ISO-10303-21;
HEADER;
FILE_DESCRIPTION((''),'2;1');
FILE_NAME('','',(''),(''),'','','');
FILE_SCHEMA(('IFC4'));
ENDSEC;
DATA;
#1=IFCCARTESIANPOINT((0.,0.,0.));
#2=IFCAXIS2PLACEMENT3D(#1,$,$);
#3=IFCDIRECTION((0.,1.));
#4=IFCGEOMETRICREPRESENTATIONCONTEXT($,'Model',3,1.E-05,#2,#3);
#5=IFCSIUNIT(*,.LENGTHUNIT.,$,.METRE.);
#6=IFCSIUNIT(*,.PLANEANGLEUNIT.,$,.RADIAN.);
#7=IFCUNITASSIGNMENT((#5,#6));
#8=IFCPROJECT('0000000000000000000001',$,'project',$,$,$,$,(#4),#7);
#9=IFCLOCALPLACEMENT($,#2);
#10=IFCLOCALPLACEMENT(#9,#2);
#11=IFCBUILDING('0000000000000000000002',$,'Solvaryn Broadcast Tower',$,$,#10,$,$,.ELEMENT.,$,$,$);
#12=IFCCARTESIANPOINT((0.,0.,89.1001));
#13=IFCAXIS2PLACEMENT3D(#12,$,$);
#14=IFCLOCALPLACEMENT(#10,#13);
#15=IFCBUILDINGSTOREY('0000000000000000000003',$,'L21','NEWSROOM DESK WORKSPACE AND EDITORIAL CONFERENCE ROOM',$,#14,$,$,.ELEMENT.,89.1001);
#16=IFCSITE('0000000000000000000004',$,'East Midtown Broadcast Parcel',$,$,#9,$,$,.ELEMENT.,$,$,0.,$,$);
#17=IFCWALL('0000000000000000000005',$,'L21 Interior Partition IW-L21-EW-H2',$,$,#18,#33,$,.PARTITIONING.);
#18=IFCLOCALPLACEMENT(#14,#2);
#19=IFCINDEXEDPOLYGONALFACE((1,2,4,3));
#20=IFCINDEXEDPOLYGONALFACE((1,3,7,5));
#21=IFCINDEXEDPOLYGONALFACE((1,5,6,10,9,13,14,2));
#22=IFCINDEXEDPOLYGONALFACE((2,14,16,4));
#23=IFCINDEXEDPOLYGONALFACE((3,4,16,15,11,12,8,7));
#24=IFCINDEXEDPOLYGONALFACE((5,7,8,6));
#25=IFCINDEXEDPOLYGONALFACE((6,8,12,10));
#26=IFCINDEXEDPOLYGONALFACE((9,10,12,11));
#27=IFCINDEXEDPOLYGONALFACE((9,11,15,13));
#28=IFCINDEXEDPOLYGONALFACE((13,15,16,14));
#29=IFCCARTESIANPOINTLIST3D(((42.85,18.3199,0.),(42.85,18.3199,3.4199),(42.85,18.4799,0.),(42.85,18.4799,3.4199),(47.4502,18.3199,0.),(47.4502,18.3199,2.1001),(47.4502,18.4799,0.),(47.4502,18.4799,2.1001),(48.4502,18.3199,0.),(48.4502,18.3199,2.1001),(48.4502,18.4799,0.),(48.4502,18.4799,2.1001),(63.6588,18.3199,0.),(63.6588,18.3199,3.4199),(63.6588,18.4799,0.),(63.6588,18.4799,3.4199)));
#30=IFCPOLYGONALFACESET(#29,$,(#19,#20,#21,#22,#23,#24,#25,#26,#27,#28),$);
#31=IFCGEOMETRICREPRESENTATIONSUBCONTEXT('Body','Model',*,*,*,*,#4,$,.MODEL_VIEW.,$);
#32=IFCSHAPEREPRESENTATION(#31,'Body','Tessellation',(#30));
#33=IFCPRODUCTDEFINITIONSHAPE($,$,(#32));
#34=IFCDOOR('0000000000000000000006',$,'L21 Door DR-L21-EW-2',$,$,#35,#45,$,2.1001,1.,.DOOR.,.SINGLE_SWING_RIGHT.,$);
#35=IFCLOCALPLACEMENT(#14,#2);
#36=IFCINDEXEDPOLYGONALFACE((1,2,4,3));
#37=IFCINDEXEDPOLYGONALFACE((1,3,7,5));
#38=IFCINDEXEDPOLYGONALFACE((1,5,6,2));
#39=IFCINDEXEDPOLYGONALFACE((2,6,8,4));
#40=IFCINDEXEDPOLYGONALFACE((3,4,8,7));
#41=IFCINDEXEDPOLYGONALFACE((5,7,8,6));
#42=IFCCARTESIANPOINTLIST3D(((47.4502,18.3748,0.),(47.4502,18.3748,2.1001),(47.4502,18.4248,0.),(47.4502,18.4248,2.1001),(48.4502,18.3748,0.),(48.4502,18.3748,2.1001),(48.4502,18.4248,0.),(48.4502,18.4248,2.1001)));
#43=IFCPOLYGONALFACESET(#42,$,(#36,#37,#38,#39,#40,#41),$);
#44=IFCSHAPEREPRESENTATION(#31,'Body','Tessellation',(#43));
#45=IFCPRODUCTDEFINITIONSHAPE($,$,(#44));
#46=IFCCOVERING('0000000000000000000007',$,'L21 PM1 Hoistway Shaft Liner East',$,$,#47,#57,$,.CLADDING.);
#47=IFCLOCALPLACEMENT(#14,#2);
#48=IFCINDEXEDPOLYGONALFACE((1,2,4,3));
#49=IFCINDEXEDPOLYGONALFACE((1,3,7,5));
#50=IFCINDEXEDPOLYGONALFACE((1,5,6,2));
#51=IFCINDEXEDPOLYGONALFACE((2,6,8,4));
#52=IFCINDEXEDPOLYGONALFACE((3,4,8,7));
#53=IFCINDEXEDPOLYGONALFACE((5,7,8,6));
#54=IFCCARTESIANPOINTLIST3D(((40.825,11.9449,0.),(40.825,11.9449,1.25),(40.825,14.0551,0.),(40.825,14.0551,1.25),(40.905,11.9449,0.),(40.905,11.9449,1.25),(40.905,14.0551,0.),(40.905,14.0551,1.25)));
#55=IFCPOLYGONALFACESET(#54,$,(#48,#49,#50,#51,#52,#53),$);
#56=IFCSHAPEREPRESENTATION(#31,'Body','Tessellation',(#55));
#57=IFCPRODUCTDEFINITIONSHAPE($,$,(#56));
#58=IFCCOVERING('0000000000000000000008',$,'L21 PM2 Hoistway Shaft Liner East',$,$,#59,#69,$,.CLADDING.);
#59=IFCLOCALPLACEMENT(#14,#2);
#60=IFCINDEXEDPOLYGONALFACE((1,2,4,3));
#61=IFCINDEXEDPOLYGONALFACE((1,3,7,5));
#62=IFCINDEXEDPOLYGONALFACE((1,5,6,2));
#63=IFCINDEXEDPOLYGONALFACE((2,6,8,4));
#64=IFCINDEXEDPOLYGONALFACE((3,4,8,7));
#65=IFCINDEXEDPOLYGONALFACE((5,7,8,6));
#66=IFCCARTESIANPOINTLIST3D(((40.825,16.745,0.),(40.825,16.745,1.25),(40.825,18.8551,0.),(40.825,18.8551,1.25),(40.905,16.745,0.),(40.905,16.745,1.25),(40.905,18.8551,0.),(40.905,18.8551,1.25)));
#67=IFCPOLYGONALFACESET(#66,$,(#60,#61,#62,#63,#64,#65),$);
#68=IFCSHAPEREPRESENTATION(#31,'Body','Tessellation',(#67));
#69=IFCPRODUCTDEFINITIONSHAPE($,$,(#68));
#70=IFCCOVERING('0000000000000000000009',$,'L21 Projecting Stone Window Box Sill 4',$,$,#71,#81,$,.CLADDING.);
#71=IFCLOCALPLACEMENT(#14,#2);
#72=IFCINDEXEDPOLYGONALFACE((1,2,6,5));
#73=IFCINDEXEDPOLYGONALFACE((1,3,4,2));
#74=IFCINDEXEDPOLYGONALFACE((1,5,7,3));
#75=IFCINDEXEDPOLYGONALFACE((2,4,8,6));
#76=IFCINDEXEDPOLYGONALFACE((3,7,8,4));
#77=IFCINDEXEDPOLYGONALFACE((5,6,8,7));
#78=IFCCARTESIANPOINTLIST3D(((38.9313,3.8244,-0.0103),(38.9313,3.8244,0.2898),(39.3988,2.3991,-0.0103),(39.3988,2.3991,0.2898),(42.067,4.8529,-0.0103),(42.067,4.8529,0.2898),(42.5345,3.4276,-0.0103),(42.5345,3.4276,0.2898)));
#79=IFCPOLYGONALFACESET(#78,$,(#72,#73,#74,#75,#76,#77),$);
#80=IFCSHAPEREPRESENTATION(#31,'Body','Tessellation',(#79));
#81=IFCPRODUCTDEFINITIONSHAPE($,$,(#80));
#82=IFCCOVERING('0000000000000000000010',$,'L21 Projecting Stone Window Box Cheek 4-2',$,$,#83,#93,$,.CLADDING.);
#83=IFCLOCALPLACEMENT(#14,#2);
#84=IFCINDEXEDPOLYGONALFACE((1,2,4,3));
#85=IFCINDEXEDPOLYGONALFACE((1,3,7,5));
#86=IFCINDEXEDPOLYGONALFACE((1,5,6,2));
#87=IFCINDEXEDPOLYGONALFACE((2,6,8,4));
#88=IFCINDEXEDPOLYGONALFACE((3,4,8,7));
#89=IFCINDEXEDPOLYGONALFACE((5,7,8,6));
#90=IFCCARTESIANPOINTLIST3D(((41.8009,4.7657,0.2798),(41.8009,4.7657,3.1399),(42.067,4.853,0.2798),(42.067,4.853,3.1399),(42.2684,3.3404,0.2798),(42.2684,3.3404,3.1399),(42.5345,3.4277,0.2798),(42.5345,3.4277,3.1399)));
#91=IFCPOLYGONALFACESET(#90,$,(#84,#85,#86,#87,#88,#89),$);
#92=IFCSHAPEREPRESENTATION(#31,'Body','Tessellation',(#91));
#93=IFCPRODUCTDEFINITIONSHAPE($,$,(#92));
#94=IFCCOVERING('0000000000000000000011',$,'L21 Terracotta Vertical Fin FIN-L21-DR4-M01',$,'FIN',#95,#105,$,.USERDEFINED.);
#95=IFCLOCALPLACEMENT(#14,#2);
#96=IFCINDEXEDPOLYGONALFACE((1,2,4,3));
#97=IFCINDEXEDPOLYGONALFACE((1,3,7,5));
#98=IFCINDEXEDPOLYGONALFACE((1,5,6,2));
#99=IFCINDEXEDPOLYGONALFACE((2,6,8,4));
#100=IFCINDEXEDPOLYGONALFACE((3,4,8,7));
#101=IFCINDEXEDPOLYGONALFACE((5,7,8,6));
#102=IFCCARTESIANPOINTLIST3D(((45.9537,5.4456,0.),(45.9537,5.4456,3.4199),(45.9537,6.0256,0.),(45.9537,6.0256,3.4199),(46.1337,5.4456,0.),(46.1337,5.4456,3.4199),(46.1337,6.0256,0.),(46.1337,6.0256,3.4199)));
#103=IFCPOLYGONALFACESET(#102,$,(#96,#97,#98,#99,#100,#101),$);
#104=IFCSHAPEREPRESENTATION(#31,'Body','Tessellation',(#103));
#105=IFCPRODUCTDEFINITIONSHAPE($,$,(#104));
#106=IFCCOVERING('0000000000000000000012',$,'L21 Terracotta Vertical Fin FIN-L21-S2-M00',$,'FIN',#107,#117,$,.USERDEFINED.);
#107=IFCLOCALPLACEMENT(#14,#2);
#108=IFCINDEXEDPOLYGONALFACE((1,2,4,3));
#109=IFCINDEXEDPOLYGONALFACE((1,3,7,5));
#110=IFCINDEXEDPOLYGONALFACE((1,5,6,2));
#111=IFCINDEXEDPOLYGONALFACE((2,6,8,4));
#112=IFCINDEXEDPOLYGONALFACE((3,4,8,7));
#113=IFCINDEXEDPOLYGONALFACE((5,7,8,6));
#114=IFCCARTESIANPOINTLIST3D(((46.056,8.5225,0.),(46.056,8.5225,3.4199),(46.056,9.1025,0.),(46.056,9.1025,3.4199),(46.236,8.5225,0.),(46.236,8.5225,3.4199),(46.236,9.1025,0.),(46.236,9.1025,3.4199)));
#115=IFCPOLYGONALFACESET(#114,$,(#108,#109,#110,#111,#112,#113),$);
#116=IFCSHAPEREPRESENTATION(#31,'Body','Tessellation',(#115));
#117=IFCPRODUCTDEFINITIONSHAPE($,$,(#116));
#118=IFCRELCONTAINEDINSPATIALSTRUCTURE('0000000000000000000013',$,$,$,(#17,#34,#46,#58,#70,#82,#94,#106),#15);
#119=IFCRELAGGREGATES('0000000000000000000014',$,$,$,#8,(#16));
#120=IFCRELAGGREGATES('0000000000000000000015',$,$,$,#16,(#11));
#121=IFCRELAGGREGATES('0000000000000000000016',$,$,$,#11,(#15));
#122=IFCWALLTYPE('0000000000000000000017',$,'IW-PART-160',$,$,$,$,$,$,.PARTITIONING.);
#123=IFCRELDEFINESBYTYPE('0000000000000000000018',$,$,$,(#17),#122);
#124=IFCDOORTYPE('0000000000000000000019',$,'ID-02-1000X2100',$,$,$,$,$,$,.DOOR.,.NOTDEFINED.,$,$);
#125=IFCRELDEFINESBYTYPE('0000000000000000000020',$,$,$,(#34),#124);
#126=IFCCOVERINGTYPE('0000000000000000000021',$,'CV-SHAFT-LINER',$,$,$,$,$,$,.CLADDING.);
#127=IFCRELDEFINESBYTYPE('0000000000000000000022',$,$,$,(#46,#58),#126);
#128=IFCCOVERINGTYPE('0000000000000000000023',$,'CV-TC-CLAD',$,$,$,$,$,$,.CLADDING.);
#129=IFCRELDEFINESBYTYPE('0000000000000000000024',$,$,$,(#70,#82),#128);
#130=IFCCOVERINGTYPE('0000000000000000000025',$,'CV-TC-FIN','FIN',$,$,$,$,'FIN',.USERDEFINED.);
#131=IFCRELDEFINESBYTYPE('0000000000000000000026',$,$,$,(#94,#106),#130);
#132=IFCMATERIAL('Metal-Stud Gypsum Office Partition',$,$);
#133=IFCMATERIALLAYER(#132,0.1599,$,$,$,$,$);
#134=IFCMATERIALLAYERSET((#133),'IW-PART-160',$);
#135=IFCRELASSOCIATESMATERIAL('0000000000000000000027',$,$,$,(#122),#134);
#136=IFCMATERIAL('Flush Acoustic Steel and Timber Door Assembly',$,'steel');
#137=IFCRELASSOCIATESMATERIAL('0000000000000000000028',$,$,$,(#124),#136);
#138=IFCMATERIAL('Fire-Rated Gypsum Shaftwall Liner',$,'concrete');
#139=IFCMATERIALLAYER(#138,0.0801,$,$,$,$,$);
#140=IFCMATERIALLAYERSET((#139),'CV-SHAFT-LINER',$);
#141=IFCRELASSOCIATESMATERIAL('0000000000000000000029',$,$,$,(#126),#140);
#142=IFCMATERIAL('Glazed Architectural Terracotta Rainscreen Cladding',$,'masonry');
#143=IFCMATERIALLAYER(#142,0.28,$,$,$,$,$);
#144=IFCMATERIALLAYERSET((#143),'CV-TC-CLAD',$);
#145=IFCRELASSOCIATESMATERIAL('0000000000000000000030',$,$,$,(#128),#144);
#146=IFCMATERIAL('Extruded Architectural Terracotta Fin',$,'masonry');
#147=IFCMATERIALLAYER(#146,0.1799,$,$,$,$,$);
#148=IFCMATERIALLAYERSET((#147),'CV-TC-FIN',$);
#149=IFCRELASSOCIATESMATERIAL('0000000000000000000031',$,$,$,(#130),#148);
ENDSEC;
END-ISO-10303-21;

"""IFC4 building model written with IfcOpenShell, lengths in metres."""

from ifc_helpers import new_model, si_unit, direction, frame, frame_2d, origin, origin_2d, place, context, subcontext, project, spatial, rectangle, extrude, material, layer, layer_set, type_object, element, fill, save


model = new_model("IFC4")

# Units and contexts
model_context = context("Model", 3, precision=1e-05, world=origin(), true_north=direction((0.0, 1.0)))
body_context = subcontext(model_context, "Body", "Model", "MODEL_VIEW")
ifc_project = project(units=[si_unit("LENGTHUNIT", "METRE"), si_unit("PLANEANGLEUNIT", "RADIAN")], contexts=[model_context])

# Site, building, storey
site_placement = place(None, origin())
site = spatial("IfcSite", under=ifc_project, at=site_placement, Name="East Midtown Broadcast Parcel", CompositionType="ELEMENT", RefElevation=0.0)
building_placement = place(site_placement, origin())
building = spatial("IfcBuilding", under=site, at=building_placement, Name="Solvaryn Broadcast Tower", CompositionType="ELEMENT")
storey_placement = place(building_placement, frame((0.0, 0.0, 89.1001)))
storey = spatial("IfcBuildingStorey", under=building, at=storey_placement, Name="L21", Description="NEWSROOM DESK WORKSPACE AND EDITORIAL CONFERENCE ROOM", CompositionType="ELEMENT", Elevation=89.1001)

# Shared definitions
ifc_material_1 = material(Name="Metal-Stud Gypsum Office Partition")
ifc_layer_1 = layer(ifc_material_1, 0.1599)
ifc_layer_set_1 = layer_set([ifc_layer_1], Name="IW-PART-160")
wall_type_1 = type_object("IfcWallType", Name="IW-PART-160", PredefinedType="PARTITIONING", material=ifc_layer_set_1)

# Wall, opening, door
wall_1_placement = place(storey_placement, frame((42.8501, 18.3999, 0.0), z_axis=(0.0, 0.0, 1.0), x_axis=(1.0, 0.0, 0.0)))
wall_1 = element("IfcWall", 1, at=wall_1_placement, inside=storey, type_object=wall_type_1, Name="L21 Interior Partition IW-L21-EW-H2", PredefinedType="PARTITIONING", context=body_context, shape_type="SweptSolid", body=[
    extrude(rectangle(XDim=20.8088, YDim=0.1599, at=frame_2d((10.4043, 0.0))), origin(), (0.0, 0.0, 1.0), 3.4199),
])
opening_1_placement = place(wall_1_placement, frame((4.6001, 0.0, 0.0)))
opening_1 = element("IfcOpeningElement", 2, at=opening_1_placement, cuts=wall_1, PredefinedType="OPENING", context=body_context, shape_type="SweptSolid", body=[
    extrude(rectangle(XDim=1.0, YDim=2.1001, at=frame_2d((0.5, 1.05))), frame((0.0, 0.0901, 0.0), z_axis=(0.0, -1.0, 0.0), x_axis=(1.0, 0.0, 0.0)), (0.0, 0.0, 1.0), 0.1799),
])
ifc_material_2 = material(Name="Flush Acoustic Steel and Timber Door Assembly", Category="steel")
door_type_1 = type_object("IfcDoorType", Name="ID-02-1000X2100", OperationType="NOTDEFINED", PredefinedType="DOOR", material=ifc_material_2)
door_1_placement = place(opening_1_placement, origin())
door_1 = element("IfcDoor", 3, at=door_1_placement, inside=storey, type_object=door_type_1, Name="L21 Door DR-L21-EW-2", OperationType="SINGLE_SWING_RIGHT", OverallHeight=2.1001, OverallWidth=1.0, PredefinedType="DOOR", context=body_context, shape_type="SweptSolid", body=[
    extrude(rectangle(XDim=1.0, YDim=2.1001, at=frame_2d((0.5, 1.05))), frame((0.0, 0.0249, 0.0), z_axis=(0.0, -1.0, 0.0), x_axis=(1.0, 0.0, 0.0)), (0.0, 0.0, 1.0), 0.05),
])
fill(opening_1, door_1)

# Coverings
ifc_material_3 = material(Name="Fire-Rated Gypsum Shaftwall Liner", Category="concrete")
ifc_layer_2 = layer(ifc_material_3, 0.0801)
ifc_layer_set_2 = layer_set([ifc_layer_2], Name="CV-SHAFT-LINER")
covering_type_1 = type_object("IfcCoveringType", Name="CV-SHAFT-LINER", PredefinedType="CLADDING", material=ifc_layer_set_2)
for number, where, z_axis, x_axis, name in (
    (4, (40.865, 13.0, 0.0), (0.0, 0.0, 1.0), (1.0, 0.0, 0.0), "L21 PM1 Hoistway Shaft Liner East"),
    (5, (40.865, 17.8, 0.0), (0.0, 0.0, 1.0), (1.0, 0.0, 0.0), "L21 PM2 Hoistway Shaft Liner East"),
):
    element("IfcCovering", number, at=place(storey_placement, frame(where, z_axis=z_axis, x_axis=x_axis)), inside=storey, type_object=covering_type_1, Name=name, PredefinedType="CLADDING", context=body_context, shape_type="SweptSolid", body=[
        extrude(rectangle(XDim=0.0801, YDim=2.1101, at=origin_2d()), origin(), (0.0, 0.0, 1.0), 1.25),
    ])
ifc_material_4 = material(Name="Glazed Architectural Terracotta Rainscreen Cladding", Category="masonry")
ifc_layer_3 = layer(ifc_material_4, 0.28)
ifc_layer_set_3 = layer_set([ifc_layer_3], Name="CV-TC-CLAD")
covering_type_2 = type_object("IfcCoveringType", Name="CV-TC-CLAD", PredefinedType="CLADDING", material=ifc_layer_set_3)
covering_1_placement = place(storey_placement, frame((40.7329, 3.626, -0.0103), z_axis=(0.0, 0.0, 1.0), x_axis=(0.95019, 0.311672, 0.0)))
element("IfcCovering", 6, at=covering_1_placement, inside=storey, type_object=covering_type_2, Name="L21 Projecting Stone Window Box Sill 4", PredefinedType="CLADDING", context=body_context, shape_type="SweptSolid", body=[
    extrude(rectangle(XDim=3.3, YDim=1.5, at=origin_2d()), origin(), (0.0, 0.0, 1.0), 0.3),
])
covering_2_placement = place(storey_placement, frame((42.1677, 4.0967, 0.2798), z_axis=(0.0, 0.0, 1.0), x_axis=(0.95019, 0.311672, 0.0)))
element("IfcCovering", 7, at=covering_2_placement, inside=storey, type_object=covering_type_2, Name="L21 Projecting Stone Window Box Cheek 4-2", PredefinedType="CLADDING", context=body_context, shape_type="SweptSolid", body=[
    extrude(rectangle(XDim=0.28, YDim=1.5, at=origin_2d()), origin(), (0.0, 0.0, 1.0), 2.8601),
])
ifc_material_5 = material(Name="Extruded Architectural Terracotta Fin", Category="masonry")
ifc_layer_4 = layer(ifc_material_5, 0.1799)
ifc_layer_set_4 = layer_set([ifc_layer_4], Name="CV-TC-FIN")
covering_type_3 = type_object("IfcCoveringType", Name="CV-TC-FIN", Description="FIN", ElementType="FIN", PredefinedType="USERDEFINED", material=ifc_layer_set_4)
for number, where, z_axis, x_axis, name in (
    (8, (46.0437, 5.7356, 0.0), (0.0, 0.0, 1.0), (1.0, 0.0, 0.0), "L21 Terracotta Vertical Fin FIN-L21-DR4-M01"),
    (9, (46.146, 8.8125, 0.0), (0.0, 0.0, 1.0), (1.0, 0.0, 0.0), "L21 Terracotta Vertical Fin FIN-L21-S2-M00"),
):
    element("IfcCovering", number, at=place(storey_placement, frame(where, z_axis=z_axis, x_axis=x_axis)), inside=storey, type_object=covering_type_3, Name=name, ObjectType="FIN", PredefinedType="USERDEFINED", context=body_context, shape_type="SweptSolid", body=[
        extrude(rectangle(XDim=0.1799, YDim=0.5801, at=origin_2d()), origin(), (0.0, 0.0, 1.0), 3.4199),
    ])

save(model, "model.ifc")
